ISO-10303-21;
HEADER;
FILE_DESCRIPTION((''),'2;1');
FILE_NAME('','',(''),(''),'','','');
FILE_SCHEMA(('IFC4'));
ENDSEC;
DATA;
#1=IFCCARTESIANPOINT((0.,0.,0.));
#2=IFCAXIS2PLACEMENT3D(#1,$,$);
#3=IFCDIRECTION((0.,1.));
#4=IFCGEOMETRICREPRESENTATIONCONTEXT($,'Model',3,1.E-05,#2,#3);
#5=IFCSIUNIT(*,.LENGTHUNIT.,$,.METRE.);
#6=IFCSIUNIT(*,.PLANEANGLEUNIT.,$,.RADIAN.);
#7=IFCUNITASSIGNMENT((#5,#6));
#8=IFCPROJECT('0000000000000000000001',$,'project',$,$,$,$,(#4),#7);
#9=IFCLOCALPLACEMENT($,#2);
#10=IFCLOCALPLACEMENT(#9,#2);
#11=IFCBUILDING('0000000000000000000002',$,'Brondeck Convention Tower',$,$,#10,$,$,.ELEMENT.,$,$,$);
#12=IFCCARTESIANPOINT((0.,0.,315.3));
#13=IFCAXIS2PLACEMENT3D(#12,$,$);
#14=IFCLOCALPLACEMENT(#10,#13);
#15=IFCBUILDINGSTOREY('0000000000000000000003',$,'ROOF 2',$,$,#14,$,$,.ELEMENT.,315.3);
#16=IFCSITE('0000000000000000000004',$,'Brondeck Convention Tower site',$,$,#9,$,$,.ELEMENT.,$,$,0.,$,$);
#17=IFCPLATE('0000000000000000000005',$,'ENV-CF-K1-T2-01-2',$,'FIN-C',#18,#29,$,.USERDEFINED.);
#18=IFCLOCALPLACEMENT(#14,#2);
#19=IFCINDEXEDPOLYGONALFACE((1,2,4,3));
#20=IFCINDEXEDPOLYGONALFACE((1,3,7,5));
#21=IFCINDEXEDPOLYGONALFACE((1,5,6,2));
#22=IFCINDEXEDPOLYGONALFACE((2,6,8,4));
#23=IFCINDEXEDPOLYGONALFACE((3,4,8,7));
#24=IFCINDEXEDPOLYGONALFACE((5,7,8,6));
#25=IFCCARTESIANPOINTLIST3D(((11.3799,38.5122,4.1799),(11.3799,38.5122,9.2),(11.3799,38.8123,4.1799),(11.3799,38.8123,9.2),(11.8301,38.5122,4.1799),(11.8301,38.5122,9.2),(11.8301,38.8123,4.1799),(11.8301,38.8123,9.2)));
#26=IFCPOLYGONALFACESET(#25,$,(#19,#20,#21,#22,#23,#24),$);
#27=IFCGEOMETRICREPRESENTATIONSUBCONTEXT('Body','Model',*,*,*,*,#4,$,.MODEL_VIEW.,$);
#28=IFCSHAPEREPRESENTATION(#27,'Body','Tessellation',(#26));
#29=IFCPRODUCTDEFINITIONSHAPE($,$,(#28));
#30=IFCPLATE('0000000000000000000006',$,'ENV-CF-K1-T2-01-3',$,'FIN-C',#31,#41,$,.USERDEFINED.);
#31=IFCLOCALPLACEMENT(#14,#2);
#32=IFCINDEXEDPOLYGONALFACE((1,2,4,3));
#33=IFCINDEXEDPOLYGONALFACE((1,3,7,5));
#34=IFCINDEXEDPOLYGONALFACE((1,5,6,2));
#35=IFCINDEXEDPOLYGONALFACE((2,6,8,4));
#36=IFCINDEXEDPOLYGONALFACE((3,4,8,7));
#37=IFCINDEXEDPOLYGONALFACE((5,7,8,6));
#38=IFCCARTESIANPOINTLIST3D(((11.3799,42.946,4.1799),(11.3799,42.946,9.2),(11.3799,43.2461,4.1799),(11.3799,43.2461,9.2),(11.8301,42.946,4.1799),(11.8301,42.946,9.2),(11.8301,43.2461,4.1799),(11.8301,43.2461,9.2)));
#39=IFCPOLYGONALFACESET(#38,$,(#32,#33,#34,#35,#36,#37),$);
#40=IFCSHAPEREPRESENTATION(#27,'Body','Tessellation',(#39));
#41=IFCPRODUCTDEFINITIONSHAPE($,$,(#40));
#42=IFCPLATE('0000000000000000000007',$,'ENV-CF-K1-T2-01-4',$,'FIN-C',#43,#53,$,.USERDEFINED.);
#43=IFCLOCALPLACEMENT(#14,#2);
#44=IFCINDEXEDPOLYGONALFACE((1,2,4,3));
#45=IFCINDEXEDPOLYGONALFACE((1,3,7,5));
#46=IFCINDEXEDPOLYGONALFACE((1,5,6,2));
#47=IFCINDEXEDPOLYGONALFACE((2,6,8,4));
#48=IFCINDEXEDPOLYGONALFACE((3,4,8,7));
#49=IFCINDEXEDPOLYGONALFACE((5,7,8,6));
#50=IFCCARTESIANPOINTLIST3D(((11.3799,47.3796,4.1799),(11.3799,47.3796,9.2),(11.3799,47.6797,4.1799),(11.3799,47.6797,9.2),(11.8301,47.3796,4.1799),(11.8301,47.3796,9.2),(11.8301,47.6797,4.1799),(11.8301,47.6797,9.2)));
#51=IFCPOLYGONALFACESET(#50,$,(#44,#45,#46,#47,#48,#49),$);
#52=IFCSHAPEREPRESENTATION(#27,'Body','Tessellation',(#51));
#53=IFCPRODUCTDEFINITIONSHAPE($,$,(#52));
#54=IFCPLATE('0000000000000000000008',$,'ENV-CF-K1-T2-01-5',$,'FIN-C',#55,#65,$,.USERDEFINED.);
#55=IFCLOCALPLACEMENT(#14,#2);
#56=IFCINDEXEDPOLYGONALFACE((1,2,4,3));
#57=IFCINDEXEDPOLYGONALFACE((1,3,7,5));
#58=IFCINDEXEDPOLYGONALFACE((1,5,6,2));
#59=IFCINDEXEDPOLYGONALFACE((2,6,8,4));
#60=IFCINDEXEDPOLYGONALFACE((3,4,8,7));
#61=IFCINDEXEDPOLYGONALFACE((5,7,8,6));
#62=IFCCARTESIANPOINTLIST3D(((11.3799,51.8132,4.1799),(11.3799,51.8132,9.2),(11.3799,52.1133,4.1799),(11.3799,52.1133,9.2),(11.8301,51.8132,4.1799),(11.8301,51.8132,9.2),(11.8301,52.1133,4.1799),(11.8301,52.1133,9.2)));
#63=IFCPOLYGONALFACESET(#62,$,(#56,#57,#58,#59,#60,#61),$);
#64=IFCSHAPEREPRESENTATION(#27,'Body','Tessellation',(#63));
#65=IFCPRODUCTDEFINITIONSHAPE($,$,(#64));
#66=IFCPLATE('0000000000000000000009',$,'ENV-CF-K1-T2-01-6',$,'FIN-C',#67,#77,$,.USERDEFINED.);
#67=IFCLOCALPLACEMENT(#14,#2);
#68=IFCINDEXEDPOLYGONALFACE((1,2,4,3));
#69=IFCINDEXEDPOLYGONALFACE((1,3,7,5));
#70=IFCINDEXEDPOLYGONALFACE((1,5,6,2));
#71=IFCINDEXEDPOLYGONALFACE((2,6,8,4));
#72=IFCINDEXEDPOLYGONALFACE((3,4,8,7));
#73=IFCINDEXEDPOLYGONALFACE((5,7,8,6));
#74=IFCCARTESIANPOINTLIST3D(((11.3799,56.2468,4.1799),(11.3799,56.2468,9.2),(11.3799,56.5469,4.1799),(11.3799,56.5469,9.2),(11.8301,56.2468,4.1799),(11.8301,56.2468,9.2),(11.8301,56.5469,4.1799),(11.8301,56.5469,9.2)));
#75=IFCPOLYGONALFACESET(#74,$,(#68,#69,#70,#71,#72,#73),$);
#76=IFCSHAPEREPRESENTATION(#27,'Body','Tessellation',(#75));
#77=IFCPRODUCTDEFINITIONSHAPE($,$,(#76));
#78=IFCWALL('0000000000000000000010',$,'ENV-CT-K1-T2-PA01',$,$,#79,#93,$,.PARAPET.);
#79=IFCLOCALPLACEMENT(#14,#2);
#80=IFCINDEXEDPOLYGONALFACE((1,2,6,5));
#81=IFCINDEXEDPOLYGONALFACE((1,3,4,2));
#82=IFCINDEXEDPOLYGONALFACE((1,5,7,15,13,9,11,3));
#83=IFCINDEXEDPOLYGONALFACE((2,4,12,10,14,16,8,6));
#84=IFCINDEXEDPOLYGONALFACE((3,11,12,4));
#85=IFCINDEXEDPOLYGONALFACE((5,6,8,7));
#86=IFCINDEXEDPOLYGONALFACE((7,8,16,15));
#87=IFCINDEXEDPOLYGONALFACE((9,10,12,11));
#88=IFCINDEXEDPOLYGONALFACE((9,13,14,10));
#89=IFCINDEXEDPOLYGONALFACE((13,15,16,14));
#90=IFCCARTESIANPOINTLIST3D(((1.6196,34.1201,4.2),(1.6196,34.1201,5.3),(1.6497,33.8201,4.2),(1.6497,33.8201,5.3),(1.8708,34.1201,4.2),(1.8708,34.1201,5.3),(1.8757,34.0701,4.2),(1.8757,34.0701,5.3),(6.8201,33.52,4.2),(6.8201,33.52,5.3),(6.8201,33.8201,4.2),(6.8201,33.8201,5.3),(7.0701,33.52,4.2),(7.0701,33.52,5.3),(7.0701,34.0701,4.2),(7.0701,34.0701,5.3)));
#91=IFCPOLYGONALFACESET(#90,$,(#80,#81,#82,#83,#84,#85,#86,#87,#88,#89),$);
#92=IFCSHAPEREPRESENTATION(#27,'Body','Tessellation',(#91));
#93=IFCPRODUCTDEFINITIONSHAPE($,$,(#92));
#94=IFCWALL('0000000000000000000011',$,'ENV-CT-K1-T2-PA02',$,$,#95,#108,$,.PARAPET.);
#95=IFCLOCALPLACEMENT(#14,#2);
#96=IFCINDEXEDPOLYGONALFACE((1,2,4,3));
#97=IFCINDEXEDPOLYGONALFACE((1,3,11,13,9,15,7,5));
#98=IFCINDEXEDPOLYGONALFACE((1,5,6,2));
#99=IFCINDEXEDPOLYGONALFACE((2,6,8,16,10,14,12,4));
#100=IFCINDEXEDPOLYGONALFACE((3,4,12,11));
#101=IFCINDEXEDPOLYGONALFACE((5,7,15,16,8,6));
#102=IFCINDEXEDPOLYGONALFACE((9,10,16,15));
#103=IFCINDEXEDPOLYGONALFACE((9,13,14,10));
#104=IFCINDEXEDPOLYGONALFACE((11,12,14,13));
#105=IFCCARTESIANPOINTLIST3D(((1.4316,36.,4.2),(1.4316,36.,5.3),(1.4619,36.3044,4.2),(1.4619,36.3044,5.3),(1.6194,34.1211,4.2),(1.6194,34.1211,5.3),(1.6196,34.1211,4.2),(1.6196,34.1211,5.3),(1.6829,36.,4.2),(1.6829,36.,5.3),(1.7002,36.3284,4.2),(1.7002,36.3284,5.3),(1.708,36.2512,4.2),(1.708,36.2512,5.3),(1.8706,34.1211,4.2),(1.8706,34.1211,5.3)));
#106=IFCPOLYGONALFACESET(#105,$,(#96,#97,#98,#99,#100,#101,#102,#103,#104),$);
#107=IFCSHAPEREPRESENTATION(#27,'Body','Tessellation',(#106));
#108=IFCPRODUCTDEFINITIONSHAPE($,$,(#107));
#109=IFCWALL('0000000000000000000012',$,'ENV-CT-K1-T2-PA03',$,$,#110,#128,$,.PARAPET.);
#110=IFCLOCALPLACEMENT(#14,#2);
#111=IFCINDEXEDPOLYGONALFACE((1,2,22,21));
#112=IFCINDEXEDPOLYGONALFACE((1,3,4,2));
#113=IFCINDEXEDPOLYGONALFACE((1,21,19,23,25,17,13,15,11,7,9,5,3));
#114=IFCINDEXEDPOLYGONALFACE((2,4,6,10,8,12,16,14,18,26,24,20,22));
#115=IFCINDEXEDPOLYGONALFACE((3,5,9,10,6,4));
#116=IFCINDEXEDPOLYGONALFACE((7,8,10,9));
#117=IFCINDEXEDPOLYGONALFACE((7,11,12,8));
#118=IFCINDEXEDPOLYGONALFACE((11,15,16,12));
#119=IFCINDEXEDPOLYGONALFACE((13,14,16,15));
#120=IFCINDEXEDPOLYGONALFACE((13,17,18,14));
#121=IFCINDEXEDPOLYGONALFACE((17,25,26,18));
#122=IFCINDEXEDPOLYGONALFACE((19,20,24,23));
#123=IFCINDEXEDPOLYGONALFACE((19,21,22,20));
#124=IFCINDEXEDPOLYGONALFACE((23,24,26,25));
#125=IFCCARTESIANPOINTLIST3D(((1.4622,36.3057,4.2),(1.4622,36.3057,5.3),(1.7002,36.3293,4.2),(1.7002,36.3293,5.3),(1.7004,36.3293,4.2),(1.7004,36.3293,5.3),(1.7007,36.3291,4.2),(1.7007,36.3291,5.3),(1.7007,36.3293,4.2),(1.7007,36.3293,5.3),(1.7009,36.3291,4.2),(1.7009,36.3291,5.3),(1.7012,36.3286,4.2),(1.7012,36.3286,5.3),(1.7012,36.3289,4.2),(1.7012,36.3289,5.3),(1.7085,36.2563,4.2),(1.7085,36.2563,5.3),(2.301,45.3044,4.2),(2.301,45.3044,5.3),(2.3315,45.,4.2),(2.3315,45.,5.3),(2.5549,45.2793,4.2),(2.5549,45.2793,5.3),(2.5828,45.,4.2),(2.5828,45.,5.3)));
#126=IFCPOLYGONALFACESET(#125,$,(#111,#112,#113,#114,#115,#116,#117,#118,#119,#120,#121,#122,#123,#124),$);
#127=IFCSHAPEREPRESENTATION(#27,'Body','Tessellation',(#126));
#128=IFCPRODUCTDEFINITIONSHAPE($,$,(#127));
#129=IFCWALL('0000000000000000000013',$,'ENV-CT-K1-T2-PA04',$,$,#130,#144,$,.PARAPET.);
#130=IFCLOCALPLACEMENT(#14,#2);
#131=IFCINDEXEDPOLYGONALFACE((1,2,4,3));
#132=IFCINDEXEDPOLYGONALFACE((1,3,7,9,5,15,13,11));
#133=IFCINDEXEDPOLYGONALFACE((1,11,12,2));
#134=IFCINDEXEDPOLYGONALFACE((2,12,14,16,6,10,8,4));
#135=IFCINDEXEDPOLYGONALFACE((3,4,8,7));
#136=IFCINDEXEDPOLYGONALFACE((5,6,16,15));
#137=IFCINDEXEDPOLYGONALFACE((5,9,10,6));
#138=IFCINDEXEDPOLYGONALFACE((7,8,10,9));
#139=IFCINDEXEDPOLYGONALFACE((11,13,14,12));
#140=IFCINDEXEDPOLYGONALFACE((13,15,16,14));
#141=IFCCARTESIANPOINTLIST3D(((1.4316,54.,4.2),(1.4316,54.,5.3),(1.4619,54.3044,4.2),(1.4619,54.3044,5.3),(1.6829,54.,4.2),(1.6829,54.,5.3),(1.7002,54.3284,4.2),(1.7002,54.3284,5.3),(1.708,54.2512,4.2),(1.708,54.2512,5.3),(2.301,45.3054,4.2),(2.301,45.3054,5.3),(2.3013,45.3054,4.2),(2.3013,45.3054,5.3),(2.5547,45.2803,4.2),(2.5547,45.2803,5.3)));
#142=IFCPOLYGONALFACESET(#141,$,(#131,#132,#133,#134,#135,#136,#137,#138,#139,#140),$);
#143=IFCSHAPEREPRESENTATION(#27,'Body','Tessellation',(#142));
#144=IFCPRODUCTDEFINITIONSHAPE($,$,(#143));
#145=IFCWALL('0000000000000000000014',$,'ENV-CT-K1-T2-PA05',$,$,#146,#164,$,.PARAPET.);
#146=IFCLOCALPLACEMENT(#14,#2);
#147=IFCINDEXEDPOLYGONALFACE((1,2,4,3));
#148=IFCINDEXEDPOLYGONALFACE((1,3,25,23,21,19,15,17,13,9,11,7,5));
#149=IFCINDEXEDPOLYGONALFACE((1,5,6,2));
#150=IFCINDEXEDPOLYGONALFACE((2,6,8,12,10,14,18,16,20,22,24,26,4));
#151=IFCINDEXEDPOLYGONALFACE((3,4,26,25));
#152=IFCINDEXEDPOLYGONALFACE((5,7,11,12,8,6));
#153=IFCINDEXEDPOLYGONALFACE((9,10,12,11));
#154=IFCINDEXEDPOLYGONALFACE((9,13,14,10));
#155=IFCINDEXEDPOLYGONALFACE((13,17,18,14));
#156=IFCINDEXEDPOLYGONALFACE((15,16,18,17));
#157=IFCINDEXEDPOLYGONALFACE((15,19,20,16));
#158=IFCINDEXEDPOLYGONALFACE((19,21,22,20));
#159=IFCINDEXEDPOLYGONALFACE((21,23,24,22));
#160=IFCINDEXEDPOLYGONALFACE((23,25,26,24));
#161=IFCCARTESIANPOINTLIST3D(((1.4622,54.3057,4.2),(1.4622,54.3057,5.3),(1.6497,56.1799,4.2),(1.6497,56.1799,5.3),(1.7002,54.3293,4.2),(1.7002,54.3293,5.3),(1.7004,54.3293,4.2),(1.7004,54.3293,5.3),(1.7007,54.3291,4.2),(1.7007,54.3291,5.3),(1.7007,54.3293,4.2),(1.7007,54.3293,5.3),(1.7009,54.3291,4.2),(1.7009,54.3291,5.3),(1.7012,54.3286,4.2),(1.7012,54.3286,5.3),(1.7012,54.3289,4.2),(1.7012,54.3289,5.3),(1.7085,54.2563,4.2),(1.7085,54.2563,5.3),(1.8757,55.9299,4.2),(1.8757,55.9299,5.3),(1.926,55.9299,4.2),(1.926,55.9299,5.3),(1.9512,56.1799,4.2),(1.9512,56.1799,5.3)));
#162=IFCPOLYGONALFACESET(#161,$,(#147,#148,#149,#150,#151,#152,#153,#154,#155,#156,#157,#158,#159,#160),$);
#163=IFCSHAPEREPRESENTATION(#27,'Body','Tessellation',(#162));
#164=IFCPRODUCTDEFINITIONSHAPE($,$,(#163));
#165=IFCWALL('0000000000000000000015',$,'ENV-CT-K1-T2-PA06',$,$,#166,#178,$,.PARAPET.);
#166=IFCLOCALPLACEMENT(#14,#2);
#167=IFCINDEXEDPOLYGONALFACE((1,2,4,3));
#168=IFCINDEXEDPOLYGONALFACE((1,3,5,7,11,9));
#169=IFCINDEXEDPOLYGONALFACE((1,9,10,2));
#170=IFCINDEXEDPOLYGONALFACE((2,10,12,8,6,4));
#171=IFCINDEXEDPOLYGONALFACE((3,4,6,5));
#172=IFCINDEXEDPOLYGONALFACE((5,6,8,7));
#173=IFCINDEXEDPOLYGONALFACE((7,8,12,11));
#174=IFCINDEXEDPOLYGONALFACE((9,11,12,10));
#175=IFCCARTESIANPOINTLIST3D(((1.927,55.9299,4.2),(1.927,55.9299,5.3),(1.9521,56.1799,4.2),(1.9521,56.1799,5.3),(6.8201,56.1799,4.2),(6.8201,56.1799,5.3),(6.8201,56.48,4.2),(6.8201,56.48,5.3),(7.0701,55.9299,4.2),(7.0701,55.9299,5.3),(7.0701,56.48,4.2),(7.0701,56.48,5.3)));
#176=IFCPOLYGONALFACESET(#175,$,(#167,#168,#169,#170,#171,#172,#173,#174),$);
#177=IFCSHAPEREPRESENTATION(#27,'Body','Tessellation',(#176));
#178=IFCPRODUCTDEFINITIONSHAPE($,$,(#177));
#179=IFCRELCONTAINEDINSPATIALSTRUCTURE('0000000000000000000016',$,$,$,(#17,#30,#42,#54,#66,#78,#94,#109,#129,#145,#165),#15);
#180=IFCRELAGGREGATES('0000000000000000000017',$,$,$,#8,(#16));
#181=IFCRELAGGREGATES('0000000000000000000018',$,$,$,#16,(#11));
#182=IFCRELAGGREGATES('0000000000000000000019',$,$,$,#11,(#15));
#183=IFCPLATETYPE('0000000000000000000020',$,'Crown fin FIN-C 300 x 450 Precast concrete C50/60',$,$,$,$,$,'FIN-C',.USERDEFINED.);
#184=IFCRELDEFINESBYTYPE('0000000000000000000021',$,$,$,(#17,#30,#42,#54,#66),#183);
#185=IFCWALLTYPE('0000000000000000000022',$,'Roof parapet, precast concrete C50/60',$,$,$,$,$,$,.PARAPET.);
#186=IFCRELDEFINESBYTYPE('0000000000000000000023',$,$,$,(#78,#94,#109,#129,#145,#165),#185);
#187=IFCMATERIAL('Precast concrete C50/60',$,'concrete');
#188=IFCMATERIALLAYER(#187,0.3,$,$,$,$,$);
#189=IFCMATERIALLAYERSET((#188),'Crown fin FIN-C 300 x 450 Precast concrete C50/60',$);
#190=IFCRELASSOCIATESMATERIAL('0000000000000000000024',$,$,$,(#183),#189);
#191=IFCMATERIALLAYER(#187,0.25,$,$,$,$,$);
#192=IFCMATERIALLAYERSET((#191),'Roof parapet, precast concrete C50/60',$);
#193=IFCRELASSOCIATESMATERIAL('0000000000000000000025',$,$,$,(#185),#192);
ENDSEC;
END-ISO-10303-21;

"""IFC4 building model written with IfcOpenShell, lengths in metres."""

from ifc_helpers import new_model, si_unit, direction, frame, origin, place, context, subcontext, project, spatial, polyline, outline, extrude, material, layer, layer_set, type_object, element, save


model = new_model("IFC4")

# Units and contexts
model_context = context("Model", 3, precision=1e-05, world=origin(), true_north=direction((0.0, 1.0)))
body_context = subcontext(model_context, "Body", "Model", "MODEL_VIEW")
ifc_project = project(units=[si_unit("LENGTHUNIT", "METRE"), si_unit("PLANEANGLEUNIT", "RADIAN")], contexts=[model_context])

# Site, building, storey
site_placement = place(None, origin())
site = spatial("IfcSite", under=ifc_project, at=site_placement, Name="Brondeck Convention Tower site", CompositionType="ELEMENT", RefElevation=0.0)
building_placement = place(site_placement, origin())
building = spatial("IfcBuilding", under=site, at=building_placement, Name="Brondeck Convention Tower", CompositionType="ELEMENT")
storey_placement = place(building_placement, frame((0.0, 0.0, 315.3)))
storey = spatial("IfcBuildingStorey", under=building, at=storey_placement, Name="ROOF 2", CompositionType="ELEMENT", Elevation=315.3)

# Plates
ifc_material_1 = material(Name="Precast concrete C50/60", Category="concrete")
ifc_layer_1 = layer(ifc_material_1, 0.3)
ifc_layer_set_1 = layer_set([ifc_layer_1], Name="Crown fin FIN-C 300 x 450 Precast concrete C50/60")
plate_type = type_object("IfcPlateType", Name="Crown fin FIN-C 300 x 450 Precast concrete C50/60", ElementType="FIN-C", PredefinedType="USERDEFINED", material=ifc_layer_set_1)
plate_1_placement = place(storey_placement, frame((0.0, 0.0, 4.1799)))
element("IfcPlate", 1, at=plate_1_placement, inside=storey, type_object=plate_type, Name="ENV-CF-K1-T2-01-2", ObjectType="FIN-C", PredefinedType="USERDEFINED", context=body_context, shape_type="SweptSolid", body=[
    extrude(outline(polyline([(11.3799, 38.8123), (11.3799, 38.5122), (11.8301, 38.5122), (11.8301, 38.8123), (11.3799, 38.8123)])), origin(), (0.0, 0.0, 1.0), 5.02),
])
plate_2_placement = place(storey_placement, frame((0.0, 0.0, 4.1799)))
element("IfcPlate", 2, at=plate_2_placement, inside=storey, type_object=plate_type, Name="ENV-CF-K1-T2-01-3", ObjectType="FIN-C", PredefinedType="USERDEFINED", context=body_context, shape_type="SweptSolid", body=[
    extrude(outline(polyline([(11.3799, 43.2461), (11.3799, 42.946), (11.8301, 42.946), (11.8301, 43.2461), (11.3799, 43.2461)])), origin(), (0.0, 0.0, 1.0), 5.02),
])
plate_3_placement = place(storey_placement, frame((0.0, 0.0, 4.1799)))
element("IfcPlate", 3, at=plate_3_placement, inside=storey, type_object=plate_type, Name="ENV-CF-K1-T2-01-4", ObjectType="FIN-C", PredefinedType="USERDEFINED", context=body_context, shape_type="SweptSolid", body=[
    extrude(outline(polyline([(11.3799, 47.6797), (11.3799, 47.3796), (11.8301, 47.3796), (11.8301, 47.6797), (11.3799, 47.6797)])), origin(), (0.0, 0.0, 1.0), 5.02),
])
plate_4_placement = place(storey_placement, frame((0.0, 0.0, 4.1799)))
element("IfcPlate", 4, at=plate_4_placement, inside=storey, type_object=plate_type, Name="ENV-CF-K1-T2-01-5", ObjectType="FIN-C", PredefinedType="USERDEFINED", context=body_context, shape_type="SweptSolid", body=[
    extrude(outline(polyline([(11.3799, 52.1133), (11.3799, 51.8132), (11.8301, 51.8132), (11.8301, 52.1133), (11.3799, 52.1133)])), origin(), (0.0, 0.0, 1.0), 5.02),
])
plate_5_placement = place(storey_placement, frame((0.0, 0.0, 4.1799)))
element("IfcPlate", 5, at=plate_5_placement, inside=storey, type_object=plate_type, Name="ENV-CF-K1-T2-01-6", ObjectType="FIN-C", PredefinedType="USERDEFINED", context=body_context, shape_type="SweptSolid", body=[
    extrude(outline(polyline([(11.3799, 56.5469), (11.3799, 56.2468), (11.8301, 56.2468), (11.8301, 56.5469), (11.3799, 56.5469)])), origin(), (0.0, 0.0, 1.0), 5.02),
])

# Walls
ifc_layer_2 = layer(ifc_material_1, 0.25)
ifc_layer_set_2 = layer_set([ifc_layer_2], Name="Roof parapet, precast concrete C50/60")
wall_type = type_object("IfcWallType", Name="Roof parapet, precast concrete C50/60", PredefinedType="PARAPET", material=ifc_layer_set_2)
wall_1_placement = place(storey_placement, frame((0.0, 0.0, 4.2)))
element("IfcWall", 6, at=wall_1_placement, inside=storey, type_object=wall_type, Name="ENV-CT-K1-T2-PA01", PredefinedType="PARAPET", context=body_context, shape_type="SweptSolid", body=[
    extrude(outline(polyline([(1.8708, 34.1201), (1.6196, 34.1201), (1.6497, 33.8201), (6.8201, 33.8201), (6.8201, 33.52), (7.0701, 33.52), (7.0701, 34.0701), (1.8757, 34.0701), (1.8708, 34.1201)])), origin(), (0.0, 0.0, 1.0), 1.1001),
])
wall_2_placement = place(storey_placement, frame((0.0, 0.0, 4.2)))
element("IfcWall", 7, at=wall_2_placement, inside=storey, type_object=wall_type, Name="ENV-CT-K1-T2-PA02", PredefinedType="PARAPET", context=body_context, shape_type="SweptSolid", body=[
    extrude(outline(polyline([(1.708, 36.2512), (1.7002, 36.3284), (1.4619, 36.3044), (1.4316, 36.0), (1.6194, 34.1211), (1.6194, 34.1211), (1.6196, 34.1211), (1.8706, 34.1211), (1.6829, 36.0), (1.708, 36.2512)])), origin(), (0.0, 0.0, 1.0), 1.1001),
])
wall_3_placement = place(storey_placement, frame((0.0, 0.0, 4.2)))
element("IfcWall", 8, at=wall_3_placement, inside=storey, type_object=wall_type, Name="ENV-CT-K1-T2-PA03", PredefinedType="PARAPET", context=body_context, shape_type="SweptSolid", body=[
    extrude(outline(polyline([(2.5828, 45.0), (2.5549, 45.2793), (2.301, 45.3044), (2.3315, 45.0), (1.4622, 36.3057), (1.7002, 36.3293), (1.7002, 36.3293), (1.7002, 36.3293), (1.7004, 36.3293), (1.7004, 36.3293), (1.7007, 36.3293), (1.7007, 36.3291), (1.7007, 36.3291), (1.7009, 36.3291), (1.7009, 36.3291), (1.7009, 36.3291), (1.7012, 36.3289), (1.7012, 36.3289), (1.7012, 36.3286), (1.7012, 36.3286), (1.7012, 36.3286), (1.7012, 36.3286), (1.7085, 36.2563), (2.5828, 45.0)])), origin(), (0.0, 0.0, 1.0), 1.1001),
])
wall_4_placement = place(storey_placement, frame((0.0, 0.0, 4.2)))
element("IfcWall", 9, at=wall_4_placement, inside=storey, type_object=wall_type, Name="ENV-CT-K1-T2-PA04", PredefinedType="PARAPET", context=body_context, shape_type="SweptSolid", body=[
    extrude(outline(polyline([(1.708, 54.2512), (1.7002, 54.3284), (1.4619, 54.3044), (1.4316, 54.0), (2.301, 45.3054), (2.301, 45.3054), (2.301, 45.3054), (2.3013, 45.3054), (2.5547, 45.2803), (1.6829, 54.0), (1.708, 54.2512)])), origin(), (0.0, 0.0, 1.0), 1.1001),
])
wall_5_placement = place(storey_placement, frame((0.0, 0.0, 4.2)))
element("IfcWall", 10, at=wall_5_placement, inside=storey, type_object=wall_type, Name="ENV-CT-K1-T2-PA05", PredefinedType="PARAPET", context=body_context, shape_type="SweptSolid", body=[
    extrude(outline(polyline([(1.8757, 55.9299), (1.926, 55.9299), (1.9512, 56.1799), (1.6497, 56.1799), (1.4622, 54.3057), (1.7002, 54.3293), (1.7002, 54.3293), (1.7002, 54.3293), (1.7004, 54.3293), (1.7004, 54.3293), (1.7007, 54.3293), (1.7007, 54.3291), (1.7007, 54.3291), (1.7009, 54.3291), (1.7009, 54.3291), (1.7009, 54.3291), (1.7012, 54.3289), (1.7012, 54.3289), (1.7012, 54.3286), (1.7012, 54.3286), (1.7012, 54.3286), (1.7012, 54.3286), (1.7085, 54.2563), (1.8757, 55.9299)])), origin(), (0.0, 0.0, 1.0), 1.1001),
])
wall_6_placement = place(storey_placement, frame((0.0, 0.0, 4.2)))
element("IfcWall", 11, at=wall_6_placement, inside=storey, type_object=wall_type, Name="ENV-CT-K1-T2-PA06", PredefinedType="PARAPET", context=body_context, shape_type="SweptSolid", body=[
    extrude(outline(polyline([(7.0701, 55.9299), (7.0701, 56.48), (6.8201, 56.48), (6.8201, 56.1799), (1.9521, 56.1799), (1.9521, 56.1799), (1.9521, 56.1799), (1.927, 55.9299), (7.0701, 55.9299)])), origin(), (0.0, 0.0, 1.0), 1.1001),
])

save(model, "model.ifc")
